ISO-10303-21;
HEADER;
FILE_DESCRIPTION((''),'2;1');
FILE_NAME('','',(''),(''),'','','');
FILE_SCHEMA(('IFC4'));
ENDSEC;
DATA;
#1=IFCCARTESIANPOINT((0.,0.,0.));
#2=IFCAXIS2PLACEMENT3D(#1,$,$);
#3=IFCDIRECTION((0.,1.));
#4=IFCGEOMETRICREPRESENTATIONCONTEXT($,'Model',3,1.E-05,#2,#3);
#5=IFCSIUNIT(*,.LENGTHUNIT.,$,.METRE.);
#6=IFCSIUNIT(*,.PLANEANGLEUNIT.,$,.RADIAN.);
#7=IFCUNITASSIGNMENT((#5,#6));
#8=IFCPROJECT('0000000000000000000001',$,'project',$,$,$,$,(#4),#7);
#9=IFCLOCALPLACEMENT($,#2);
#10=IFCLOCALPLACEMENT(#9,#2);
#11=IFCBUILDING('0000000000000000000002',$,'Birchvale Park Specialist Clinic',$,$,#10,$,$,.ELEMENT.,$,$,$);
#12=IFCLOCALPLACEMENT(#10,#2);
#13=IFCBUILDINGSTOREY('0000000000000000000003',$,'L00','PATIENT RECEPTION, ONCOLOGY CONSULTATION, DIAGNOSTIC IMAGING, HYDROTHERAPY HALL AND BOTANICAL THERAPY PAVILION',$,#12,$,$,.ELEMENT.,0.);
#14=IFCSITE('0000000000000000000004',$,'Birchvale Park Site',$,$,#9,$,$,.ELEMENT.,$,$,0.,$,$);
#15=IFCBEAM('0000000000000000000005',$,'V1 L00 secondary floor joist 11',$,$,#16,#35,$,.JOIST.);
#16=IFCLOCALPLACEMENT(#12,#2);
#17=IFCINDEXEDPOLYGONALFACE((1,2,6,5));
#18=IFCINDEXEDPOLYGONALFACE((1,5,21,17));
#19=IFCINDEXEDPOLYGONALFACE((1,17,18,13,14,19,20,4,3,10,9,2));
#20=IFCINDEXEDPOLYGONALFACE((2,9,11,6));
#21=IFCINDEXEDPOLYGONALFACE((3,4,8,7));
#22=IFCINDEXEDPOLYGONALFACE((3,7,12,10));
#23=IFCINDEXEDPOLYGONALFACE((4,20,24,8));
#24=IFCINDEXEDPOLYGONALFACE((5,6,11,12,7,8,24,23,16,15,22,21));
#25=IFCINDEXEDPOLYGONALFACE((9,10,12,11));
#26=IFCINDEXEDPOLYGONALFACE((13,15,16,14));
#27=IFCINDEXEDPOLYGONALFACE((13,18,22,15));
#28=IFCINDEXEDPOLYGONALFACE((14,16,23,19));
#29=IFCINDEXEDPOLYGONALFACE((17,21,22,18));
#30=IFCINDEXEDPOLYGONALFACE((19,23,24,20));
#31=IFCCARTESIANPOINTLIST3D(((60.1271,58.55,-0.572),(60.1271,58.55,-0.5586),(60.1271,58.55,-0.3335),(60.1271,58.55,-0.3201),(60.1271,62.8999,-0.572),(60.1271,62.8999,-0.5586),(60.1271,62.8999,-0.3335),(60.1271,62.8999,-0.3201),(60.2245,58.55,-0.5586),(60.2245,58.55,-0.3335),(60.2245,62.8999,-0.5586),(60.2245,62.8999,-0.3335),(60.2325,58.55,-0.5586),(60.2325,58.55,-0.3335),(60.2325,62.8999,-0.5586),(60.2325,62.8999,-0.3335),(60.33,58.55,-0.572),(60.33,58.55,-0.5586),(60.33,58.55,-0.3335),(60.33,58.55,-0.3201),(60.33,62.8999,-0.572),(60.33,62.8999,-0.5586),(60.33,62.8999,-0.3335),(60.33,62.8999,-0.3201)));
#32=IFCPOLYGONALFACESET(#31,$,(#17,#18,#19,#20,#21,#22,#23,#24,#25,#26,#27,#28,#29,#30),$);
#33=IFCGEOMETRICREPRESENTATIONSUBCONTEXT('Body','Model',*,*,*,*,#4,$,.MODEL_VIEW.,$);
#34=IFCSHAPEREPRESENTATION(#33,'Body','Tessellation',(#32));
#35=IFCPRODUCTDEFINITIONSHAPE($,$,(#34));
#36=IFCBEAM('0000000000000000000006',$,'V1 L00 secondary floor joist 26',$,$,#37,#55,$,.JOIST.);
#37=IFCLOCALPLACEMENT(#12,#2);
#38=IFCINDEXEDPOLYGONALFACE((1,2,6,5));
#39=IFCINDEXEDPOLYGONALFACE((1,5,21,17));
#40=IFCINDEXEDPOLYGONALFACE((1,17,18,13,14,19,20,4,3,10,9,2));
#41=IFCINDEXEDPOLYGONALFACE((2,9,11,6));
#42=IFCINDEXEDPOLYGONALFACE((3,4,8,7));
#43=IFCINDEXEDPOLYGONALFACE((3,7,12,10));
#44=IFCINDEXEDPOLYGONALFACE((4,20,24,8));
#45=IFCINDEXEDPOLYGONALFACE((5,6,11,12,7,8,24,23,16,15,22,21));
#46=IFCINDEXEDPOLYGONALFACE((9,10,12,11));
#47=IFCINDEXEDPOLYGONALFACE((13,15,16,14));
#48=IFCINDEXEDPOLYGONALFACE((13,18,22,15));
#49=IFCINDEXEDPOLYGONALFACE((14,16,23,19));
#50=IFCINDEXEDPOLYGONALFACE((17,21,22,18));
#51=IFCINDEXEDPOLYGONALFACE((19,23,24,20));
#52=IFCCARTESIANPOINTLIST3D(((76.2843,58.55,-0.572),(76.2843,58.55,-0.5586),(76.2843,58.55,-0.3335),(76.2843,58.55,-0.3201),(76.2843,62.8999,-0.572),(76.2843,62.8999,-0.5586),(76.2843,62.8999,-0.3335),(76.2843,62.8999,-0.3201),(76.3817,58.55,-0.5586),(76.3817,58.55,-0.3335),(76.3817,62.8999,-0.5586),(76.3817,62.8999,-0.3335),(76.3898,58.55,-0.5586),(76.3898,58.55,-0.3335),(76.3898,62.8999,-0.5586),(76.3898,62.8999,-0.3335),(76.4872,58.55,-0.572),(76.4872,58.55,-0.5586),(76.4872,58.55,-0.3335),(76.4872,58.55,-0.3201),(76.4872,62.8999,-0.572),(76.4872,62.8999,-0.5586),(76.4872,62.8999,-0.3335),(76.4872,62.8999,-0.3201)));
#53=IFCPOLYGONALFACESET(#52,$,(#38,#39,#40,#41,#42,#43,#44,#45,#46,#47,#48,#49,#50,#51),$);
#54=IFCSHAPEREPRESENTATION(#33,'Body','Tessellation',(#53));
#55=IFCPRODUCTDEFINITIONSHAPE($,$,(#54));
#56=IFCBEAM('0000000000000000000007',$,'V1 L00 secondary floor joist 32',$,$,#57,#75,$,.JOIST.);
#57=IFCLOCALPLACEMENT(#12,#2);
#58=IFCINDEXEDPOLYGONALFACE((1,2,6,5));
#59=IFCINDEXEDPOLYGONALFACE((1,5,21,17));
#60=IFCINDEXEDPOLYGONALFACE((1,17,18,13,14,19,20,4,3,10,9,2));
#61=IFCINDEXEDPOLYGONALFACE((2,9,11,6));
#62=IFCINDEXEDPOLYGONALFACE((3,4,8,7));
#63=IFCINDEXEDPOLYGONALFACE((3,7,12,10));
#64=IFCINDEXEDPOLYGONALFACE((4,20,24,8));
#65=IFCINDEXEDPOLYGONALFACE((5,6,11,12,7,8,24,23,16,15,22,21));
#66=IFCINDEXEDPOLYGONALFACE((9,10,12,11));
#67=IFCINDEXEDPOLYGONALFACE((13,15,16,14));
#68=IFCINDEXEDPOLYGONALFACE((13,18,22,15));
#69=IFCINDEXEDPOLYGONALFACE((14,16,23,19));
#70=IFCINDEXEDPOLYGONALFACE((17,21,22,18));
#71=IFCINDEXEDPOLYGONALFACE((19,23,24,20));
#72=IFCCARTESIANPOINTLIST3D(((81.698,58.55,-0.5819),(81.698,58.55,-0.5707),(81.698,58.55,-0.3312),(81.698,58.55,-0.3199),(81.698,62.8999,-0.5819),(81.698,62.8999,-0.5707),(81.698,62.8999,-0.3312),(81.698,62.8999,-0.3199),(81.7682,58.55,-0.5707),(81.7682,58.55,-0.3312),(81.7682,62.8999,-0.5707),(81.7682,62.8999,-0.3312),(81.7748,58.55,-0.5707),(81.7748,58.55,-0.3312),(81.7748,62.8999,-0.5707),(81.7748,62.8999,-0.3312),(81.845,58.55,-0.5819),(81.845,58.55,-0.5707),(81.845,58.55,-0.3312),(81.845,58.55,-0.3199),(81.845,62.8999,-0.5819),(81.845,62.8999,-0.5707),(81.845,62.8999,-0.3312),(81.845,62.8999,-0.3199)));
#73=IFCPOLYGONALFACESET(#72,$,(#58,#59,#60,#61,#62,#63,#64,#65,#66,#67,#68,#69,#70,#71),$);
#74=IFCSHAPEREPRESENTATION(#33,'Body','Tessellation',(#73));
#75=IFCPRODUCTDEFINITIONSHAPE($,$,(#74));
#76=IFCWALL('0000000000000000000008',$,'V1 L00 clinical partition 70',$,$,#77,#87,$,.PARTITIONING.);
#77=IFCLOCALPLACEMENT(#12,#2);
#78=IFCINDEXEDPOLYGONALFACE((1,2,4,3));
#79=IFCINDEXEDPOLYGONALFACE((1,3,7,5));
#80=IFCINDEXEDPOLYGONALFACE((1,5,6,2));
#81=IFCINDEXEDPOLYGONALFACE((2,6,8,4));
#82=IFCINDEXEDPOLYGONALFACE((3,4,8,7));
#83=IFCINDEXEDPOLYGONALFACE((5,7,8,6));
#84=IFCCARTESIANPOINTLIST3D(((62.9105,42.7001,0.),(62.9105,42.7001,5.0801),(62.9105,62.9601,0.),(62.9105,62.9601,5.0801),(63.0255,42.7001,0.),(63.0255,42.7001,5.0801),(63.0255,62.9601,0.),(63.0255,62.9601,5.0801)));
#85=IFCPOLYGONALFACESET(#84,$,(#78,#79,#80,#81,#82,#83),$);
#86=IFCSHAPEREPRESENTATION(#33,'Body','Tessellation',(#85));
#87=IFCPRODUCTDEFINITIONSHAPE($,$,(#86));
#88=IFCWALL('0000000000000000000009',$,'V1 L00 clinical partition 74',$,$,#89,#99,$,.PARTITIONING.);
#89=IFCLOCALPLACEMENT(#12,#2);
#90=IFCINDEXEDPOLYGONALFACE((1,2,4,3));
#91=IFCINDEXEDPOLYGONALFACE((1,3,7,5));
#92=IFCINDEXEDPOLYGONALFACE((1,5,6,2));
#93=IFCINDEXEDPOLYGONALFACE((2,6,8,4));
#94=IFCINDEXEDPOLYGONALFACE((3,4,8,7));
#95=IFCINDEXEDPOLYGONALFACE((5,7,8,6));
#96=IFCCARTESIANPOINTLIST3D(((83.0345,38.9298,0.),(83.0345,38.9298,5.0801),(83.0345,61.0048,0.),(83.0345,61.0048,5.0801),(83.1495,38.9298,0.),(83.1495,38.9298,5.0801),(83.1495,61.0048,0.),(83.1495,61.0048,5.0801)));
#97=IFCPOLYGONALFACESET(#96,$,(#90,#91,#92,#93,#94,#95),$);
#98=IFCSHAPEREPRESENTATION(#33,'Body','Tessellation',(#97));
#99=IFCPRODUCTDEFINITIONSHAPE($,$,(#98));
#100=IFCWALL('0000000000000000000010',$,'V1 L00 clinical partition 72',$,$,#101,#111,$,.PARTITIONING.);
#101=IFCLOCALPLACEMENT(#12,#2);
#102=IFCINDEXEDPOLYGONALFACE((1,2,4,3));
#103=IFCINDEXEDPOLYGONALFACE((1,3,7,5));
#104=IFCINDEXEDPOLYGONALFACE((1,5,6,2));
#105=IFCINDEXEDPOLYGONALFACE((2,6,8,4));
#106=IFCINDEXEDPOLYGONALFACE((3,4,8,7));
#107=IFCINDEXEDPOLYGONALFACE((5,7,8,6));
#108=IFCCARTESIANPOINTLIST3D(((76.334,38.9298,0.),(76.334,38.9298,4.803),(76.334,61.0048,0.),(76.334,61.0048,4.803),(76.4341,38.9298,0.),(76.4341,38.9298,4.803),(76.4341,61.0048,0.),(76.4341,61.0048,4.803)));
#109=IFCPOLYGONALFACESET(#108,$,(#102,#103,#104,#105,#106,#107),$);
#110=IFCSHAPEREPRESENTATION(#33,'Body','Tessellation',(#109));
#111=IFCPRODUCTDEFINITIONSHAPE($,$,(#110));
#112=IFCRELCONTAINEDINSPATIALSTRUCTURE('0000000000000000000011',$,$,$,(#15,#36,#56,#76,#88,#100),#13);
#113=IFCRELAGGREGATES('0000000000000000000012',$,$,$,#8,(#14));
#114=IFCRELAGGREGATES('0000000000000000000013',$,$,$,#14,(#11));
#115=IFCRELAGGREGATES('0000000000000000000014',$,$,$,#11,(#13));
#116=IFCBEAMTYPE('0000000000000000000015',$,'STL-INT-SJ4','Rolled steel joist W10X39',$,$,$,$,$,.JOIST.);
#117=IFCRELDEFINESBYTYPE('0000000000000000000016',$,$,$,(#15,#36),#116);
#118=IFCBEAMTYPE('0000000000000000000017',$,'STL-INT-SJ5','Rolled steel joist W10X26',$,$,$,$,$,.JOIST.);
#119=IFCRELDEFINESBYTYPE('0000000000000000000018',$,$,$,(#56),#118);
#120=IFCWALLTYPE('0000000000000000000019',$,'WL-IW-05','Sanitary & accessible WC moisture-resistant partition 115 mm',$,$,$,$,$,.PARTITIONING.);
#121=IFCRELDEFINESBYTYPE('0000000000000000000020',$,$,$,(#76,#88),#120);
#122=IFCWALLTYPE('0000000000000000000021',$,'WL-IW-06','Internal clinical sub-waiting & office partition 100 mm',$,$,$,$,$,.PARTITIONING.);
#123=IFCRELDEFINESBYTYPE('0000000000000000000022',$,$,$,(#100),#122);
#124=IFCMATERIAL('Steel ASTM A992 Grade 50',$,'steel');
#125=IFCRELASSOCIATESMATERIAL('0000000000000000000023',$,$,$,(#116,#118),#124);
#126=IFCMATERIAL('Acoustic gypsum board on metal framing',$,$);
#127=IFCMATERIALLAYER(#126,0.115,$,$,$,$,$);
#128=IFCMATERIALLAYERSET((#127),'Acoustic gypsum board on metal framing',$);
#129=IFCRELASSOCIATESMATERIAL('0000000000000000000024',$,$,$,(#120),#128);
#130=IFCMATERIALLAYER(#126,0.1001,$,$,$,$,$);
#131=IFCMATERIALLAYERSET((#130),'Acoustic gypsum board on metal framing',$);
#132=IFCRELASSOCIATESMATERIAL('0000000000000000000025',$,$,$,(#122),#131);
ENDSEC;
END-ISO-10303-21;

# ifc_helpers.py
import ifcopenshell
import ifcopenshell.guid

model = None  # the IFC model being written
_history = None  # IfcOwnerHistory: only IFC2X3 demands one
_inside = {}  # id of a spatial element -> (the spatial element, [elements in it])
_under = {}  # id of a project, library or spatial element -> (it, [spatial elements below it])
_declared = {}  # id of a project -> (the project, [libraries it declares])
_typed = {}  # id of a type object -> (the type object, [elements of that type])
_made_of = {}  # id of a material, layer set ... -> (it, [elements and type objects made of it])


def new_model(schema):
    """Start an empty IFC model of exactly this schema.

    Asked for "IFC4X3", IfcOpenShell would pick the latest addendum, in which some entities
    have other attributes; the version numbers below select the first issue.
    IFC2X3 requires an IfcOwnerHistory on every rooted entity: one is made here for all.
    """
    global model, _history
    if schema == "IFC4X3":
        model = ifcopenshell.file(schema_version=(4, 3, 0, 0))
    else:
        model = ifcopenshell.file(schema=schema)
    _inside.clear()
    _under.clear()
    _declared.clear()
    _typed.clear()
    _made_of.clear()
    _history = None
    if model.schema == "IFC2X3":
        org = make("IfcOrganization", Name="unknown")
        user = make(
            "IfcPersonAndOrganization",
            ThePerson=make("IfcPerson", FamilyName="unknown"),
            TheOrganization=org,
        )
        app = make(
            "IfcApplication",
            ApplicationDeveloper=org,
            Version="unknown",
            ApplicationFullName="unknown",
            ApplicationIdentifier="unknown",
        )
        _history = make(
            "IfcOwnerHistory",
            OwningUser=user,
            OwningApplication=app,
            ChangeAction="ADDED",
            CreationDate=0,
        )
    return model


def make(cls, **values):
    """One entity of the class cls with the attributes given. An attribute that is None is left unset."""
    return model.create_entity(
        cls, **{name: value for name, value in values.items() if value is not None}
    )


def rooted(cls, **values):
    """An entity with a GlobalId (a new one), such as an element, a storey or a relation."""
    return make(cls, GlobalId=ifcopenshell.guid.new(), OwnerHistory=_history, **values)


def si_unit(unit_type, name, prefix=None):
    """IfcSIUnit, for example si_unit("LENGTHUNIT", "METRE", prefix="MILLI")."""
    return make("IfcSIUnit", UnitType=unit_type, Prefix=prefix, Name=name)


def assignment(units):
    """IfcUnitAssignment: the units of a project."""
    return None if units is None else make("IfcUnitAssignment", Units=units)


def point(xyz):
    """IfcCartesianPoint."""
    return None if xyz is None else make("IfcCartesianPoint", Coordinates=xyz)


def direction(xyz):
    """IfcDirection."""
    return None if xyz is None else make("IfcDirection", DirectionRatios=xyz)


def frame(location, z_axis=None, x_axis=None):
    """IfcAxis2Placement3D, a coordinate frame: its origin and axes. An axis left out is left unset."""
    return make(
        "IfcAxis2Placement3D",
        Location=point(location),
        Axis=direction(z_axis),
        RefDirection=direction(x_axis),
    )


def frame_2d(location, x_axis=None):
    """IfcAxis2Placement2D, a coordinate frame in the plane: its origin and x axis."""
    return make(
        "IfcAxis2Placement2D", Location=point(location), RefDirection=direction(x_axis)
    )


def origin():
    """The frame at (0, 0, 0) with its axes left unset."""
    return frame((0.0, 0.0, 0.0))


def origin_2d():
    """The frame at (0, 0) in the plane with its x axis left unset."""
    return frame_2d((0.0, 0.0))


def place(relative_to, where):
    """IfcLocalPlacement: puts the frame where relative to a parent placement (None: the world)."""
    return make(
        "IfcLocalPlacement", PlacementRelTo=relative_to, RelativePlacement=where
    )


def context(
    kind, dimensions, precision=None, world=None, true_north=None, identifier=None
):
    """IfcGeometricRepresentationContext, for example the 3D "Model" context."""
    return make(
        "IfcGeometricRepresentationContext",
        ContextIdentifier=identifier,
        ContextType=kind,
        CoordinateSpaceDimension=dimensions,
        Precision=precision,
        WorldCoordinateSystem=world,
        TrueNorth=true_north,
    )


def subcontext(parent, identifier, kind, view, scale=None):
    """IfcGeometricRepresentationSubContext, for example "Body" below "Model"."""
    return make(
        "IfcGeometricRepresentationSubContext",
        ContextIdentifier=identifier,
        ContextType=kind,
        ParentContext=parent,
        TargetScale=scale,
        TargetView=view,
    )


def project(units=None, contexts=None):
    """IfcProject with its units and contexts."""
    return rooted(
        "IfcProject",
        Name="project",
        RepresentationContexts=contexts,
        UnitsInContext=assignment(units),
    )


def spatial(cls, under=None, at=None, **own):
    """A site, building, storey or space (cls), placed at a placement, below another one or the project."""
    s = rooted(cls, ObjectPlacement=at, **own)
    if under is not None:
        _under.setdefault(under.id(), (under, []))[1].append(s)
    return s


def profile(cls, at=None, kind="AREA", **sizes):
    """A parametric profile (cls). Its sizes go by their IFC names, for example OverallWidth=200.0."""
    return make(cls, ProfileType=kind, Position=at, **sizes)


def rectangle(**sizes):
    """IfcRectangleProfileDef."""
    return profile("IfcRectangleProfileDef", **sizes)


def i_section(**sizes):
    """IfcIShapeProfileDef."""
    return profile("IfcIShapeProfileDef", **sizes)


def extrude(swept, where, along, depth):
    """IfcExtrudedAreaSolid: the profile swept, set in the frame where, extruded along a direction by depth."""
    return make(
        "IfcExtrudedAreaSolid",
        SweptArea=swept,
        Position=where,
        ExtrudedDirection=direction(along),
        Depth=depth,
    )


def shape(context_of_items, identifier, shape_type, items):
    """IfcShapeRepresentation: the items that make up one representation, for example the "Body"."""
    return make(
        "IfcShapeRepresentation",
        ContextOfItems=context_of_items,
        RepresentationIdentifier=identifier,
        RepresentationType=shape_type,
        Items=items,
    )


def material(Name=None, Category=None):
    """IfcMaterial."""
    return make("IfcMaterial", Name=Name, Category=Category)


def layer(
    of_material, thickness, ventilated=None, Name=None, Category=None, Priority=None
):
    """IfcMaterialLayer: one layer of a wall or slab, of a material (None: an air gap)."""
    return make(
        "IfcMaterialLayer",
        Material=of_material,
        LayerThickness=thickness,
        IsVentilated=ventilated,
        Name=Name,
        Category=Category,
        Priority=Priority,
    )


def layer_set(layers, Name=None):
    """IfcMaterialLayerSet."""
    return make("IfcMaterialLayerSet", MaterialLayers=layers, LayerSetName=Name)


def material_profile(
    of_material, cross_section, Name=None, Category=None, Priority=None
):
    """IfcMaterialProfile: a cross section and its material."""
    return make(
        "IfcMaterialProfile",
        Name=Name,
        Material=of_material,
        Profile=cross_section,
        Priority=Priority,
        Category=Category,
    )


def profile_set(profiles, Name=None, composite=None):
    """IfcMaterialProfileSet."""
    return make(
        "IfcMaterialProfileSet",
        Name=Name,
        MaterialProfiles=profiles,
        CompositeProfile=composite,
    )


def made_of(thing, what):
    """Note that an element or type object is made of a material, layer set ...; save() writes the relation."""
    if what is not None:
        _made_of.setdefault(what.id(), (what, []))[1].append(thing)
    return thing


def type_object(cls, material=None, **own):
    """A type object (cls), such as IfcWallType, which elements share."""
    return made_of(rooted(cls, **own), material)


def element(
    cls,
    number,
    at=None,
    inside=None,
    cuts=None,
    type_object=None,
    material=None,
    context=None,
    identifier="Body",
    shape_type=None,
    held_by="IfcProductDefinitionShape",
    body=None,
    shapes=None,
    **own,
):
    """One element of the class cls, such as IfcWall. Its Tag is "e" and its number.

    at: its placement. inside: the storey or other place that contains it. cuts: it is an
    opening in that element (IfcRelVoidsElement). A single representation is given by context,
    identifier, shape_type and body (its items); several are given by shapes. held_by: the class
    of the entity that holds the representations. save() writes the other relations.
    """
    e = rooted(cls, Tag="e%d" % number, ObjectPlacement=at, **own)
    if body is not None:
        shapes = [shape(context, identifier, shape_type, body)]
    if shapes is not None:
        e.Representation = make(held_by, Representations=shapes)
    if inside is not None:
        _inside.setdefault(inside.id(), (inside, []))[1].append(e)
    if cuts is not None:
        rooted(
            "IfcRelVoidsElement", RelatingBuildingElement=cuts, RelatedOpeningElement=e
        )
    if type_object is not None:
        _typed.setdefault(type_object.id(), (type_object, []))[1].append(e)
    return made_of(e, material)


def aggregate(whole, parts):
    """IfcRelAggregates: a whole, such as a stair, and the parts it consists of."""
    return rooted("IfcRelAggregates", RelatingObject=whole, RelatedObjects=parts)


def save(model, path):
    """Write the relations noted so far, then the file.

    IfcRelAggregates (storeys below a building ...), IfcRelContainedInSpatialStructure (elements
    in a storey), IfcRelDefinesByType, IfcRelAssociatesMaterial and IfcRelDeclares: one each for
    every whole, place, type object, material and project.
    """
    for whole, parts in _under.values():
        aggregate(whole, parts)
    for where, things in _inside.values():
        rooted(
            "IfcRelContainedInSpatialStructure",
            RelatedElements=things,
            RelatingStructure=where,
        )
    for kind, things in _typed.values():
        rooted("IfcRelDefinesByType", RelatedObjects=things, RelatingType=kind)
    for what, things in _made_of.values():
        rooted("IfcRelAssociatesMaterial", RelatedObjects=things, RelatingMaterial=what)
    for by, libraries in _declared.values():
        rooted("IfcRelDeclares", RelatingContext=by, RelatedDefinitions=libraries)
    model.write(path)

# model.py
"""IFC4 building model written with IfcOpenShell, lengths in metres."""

from ifc_helpers import new_model, si_unit, direction, frame, frame_2d, origin, origin_2d, place, context, subcontext, project, spatial, rectangle, i_section, extrude, material, layer, layer_set, material_profile, profile_set, type_object, element, save


model = new_model("IFC4")

# Units and contexts
model_context = context("Model", 3, precision=1e-05, world=origin(), true_north=direction((0.0, 1.0)))
body_context = subcontext(model_context, "Body", "Model", "MODEL_VIEW")
ifc_project = project(units=[si_unit("LENGTHUNIT", "METRE"), si_unit("PLANEANGLEUNIT", "RADIAN")], contexts=[model_context])

# Site, building, storey
site_placement = place(None, origin())
site = spatial("IfcSite", under=ifc_project, at=site_placement, Name="Birchvale Park Site", CompositionType="ELEMENT", RefElevation=0.0)
building_placement = place(site_placement, origin())
building = spatial("IfcBuilding", under=site, at=building_placement, Name="Birchvale Park Specialist Clinic", CompositionType="ELEMENT")
storey_placement = place(building_placement, origin())
storey = spatial("IfcBuildingStorey", under=building, at=storey_placement, Name="L00", Description="PATIENT RECEPTION, ONCOLOGY CONSULTATION, DIAGNOSTIC IMAGING, HYDROTHERAPY HALL AND BOTANICAL THERAPY PAVILION", CompositionType="ELEMENT", Elevation=0.0)

# Beams
ifc_material_1 = material(Name="Steel ASTM A992 Grade 50", Category="steel")
ifc_material_profile_1 = material_profile(ifc_material_1, i_section(OverallWidth=0.2029, OverallDepth=0.252, WebThickness=0.0081, FlangeThickness=0.0134, at=origin_2d()), Name="W10X39")
ifc_profile_set_1 = profile_set([ifc_material_profile_1], Name="Steel ASTM A992 Grade 50")
beam_type_1 = type_object("IfcBeamType", Name="STL-INT-SJ4", Description="Rolled steel joist W10X39", PredefinedType="JOIST", material=ifc_profile_set_1)
for number, where, z_axis, x_axis, name in (
    (1, (60.2285, 58.55, -0.446), (0.0, 1.0, 0.0), (-1.0, 0.0, 0.0), "V1 L00 secondary floor joist 11"),
    (2, (76.3857, 58.55, -0.446), (0.0, 1.0, 0.0), (-1.0, 0.0, 0.0), "V1 L00 secondary floor joist 26"),
):
    element("IfcBeam", number, at=place(storey_placement, frame(where, z_axis=z_axis, x_axis=x_axis)), inside=storey, type_object=beam_type_1, Name=name, PredefinedType="JOIST", context=body_context, shape_type="SweptSolid", body=[
        extrude(i_section(OverallWidth=0.2029, OverallDepth=0.252, WebThickness=0.0081, FlangeThickness=0.0134, at=origin_2d()), origin(), (0.0, 0.0, 1.0), 4.3499),
    ])
ifc_material_profile_2 = material_profile(ifc_material_1, i_section(OverallWidth=0.147, OverallDepth=0.262, WebThickness=0.0066, FlangeThickness=0.0112, at=origin_2d()), Name="W10X26")
ifc_profile_set_2 = profile_set([ifc_material_profile_2], Name="Steel ASTM A992 Grade 50")
beam_type_2 = type_object("IfcBeamType", Name="STL-INT-SJ5", Description="Rolled steel joist W10X26", PredefinedType="JOIST", material=ifc_profile_set_2)
beam_1_placement = place(storey_placement, frame((81.7715, 58.55, -0.4509), z_axis=(0.0, 1.0, 0.0), x_axis=(-1.0, 0.0, 0.0)))
element("IfcBeam", 3, at=beam_1_placement, inside=storey, type_object=beam_type_2, Name="V1 L00 secondary floor joist 32", PredefinedType="JOIST", context=body_context, shape_type="SweptSolid", body=[
    extrude(i_section(OverallWidth=0.147, OverallDepth=0.262, WebThickness=0.0066, FlangeThickness=0.0112, at=origin_2d()), origin(), (0.0, 0.0, 1.0), 4.3499),
])

# Walls
ifc_material_2 = material(Name="Acoustic gypsum board on metal framing")
ifc_layer_1 = layer(ifc_material_2, 0.115)
ifc_layer_set_1 = layer_set([ifc_layer_1], Name="Acoustic gypsum board on metal framing")
wall_type_1 = type_object("IfcWallType", Name="WL-IW-05", Description="Sanitary & accessible WC moisture-resistant partition 115 mm", PredefinedType="PARTITIONING", material=ifc_layer_set_1)
wall_1_placement = place(storey_placement, frame((62.968, 62.96, 0.0), z_axis=(0.0, 0.0, 1.0), x_axis=(0.0, -1.0, 0.0)))
element("IfcWall", 4, at=wall_1_placement, inside=storey, type_object=wall_type_1, Name="V1 L00 clinical partition 70", PredefinedType="PARTITIONING", context=body_context, shape_type="SweptSolid", body=[
    extrude(rectangle(XDim=20.26, YDim=0.115, at=frame_2d((10.1299, 0.0))), origin(), (0.0, 0.0, 1.0), 5.0801),
])
wall_2_placement = place(storey_placement, frame((83.092, 61.0049, 0.0), z_axis=(0.0, 0.0, 1.0), x_axis=(0.0, -1.0, 0.0)))
element("IfcWall", 5, at=wall_2_placement, inside=storey, type_object=wall_type_1, Name="V1 L00 clinical partition 74", PredefinedType="PARTITIONING", context=body_context, shape_type="SweptSolid", body=[
    extrude(rectangle(XDim=22.075, YDim=0.115, at=frame_2d((11.0376, 0.0))), origin(), (0.0, 0.0, 1.0), 5.0801),
])
ifc_layer_2 = layer(ifc_material_2, 0.1001)
ifc_layer_set_2 = layer_set([ifc_layer_2], Name="Acoustic gypsum board on metal framing")
wall_type_2 = type_object("IfcWallType", Name="WL-IW-06", Description="Internal clinical sub-waiting & office partition 100 mm", PredefinedType="PARTITIONING", material=ifc_layer_set_2)
wall_3_placement = place(storey_placement, frame((76.384, 61.0049, 0.0), z_axis=(0.0, 0.0, 1.0), x_axis=(0.0, -1.0, 0.0)))
element("IfcWall", 6, at=wall_3_placement, inside=storey, type_object=wall_type_2, Name="V1 L00 clinical partition 72", PredefinedType="PARTITIONING", context=body_context, shape_type="SweptSolid", body=[
    extrude(rectangle(XDim=22.075, YDim=0.1001, at=frame_2d((11.0376, 0.0))), origin(), (0.0, 0.0, 1.0), 4.803),
])

save(model, "model.ifc")
